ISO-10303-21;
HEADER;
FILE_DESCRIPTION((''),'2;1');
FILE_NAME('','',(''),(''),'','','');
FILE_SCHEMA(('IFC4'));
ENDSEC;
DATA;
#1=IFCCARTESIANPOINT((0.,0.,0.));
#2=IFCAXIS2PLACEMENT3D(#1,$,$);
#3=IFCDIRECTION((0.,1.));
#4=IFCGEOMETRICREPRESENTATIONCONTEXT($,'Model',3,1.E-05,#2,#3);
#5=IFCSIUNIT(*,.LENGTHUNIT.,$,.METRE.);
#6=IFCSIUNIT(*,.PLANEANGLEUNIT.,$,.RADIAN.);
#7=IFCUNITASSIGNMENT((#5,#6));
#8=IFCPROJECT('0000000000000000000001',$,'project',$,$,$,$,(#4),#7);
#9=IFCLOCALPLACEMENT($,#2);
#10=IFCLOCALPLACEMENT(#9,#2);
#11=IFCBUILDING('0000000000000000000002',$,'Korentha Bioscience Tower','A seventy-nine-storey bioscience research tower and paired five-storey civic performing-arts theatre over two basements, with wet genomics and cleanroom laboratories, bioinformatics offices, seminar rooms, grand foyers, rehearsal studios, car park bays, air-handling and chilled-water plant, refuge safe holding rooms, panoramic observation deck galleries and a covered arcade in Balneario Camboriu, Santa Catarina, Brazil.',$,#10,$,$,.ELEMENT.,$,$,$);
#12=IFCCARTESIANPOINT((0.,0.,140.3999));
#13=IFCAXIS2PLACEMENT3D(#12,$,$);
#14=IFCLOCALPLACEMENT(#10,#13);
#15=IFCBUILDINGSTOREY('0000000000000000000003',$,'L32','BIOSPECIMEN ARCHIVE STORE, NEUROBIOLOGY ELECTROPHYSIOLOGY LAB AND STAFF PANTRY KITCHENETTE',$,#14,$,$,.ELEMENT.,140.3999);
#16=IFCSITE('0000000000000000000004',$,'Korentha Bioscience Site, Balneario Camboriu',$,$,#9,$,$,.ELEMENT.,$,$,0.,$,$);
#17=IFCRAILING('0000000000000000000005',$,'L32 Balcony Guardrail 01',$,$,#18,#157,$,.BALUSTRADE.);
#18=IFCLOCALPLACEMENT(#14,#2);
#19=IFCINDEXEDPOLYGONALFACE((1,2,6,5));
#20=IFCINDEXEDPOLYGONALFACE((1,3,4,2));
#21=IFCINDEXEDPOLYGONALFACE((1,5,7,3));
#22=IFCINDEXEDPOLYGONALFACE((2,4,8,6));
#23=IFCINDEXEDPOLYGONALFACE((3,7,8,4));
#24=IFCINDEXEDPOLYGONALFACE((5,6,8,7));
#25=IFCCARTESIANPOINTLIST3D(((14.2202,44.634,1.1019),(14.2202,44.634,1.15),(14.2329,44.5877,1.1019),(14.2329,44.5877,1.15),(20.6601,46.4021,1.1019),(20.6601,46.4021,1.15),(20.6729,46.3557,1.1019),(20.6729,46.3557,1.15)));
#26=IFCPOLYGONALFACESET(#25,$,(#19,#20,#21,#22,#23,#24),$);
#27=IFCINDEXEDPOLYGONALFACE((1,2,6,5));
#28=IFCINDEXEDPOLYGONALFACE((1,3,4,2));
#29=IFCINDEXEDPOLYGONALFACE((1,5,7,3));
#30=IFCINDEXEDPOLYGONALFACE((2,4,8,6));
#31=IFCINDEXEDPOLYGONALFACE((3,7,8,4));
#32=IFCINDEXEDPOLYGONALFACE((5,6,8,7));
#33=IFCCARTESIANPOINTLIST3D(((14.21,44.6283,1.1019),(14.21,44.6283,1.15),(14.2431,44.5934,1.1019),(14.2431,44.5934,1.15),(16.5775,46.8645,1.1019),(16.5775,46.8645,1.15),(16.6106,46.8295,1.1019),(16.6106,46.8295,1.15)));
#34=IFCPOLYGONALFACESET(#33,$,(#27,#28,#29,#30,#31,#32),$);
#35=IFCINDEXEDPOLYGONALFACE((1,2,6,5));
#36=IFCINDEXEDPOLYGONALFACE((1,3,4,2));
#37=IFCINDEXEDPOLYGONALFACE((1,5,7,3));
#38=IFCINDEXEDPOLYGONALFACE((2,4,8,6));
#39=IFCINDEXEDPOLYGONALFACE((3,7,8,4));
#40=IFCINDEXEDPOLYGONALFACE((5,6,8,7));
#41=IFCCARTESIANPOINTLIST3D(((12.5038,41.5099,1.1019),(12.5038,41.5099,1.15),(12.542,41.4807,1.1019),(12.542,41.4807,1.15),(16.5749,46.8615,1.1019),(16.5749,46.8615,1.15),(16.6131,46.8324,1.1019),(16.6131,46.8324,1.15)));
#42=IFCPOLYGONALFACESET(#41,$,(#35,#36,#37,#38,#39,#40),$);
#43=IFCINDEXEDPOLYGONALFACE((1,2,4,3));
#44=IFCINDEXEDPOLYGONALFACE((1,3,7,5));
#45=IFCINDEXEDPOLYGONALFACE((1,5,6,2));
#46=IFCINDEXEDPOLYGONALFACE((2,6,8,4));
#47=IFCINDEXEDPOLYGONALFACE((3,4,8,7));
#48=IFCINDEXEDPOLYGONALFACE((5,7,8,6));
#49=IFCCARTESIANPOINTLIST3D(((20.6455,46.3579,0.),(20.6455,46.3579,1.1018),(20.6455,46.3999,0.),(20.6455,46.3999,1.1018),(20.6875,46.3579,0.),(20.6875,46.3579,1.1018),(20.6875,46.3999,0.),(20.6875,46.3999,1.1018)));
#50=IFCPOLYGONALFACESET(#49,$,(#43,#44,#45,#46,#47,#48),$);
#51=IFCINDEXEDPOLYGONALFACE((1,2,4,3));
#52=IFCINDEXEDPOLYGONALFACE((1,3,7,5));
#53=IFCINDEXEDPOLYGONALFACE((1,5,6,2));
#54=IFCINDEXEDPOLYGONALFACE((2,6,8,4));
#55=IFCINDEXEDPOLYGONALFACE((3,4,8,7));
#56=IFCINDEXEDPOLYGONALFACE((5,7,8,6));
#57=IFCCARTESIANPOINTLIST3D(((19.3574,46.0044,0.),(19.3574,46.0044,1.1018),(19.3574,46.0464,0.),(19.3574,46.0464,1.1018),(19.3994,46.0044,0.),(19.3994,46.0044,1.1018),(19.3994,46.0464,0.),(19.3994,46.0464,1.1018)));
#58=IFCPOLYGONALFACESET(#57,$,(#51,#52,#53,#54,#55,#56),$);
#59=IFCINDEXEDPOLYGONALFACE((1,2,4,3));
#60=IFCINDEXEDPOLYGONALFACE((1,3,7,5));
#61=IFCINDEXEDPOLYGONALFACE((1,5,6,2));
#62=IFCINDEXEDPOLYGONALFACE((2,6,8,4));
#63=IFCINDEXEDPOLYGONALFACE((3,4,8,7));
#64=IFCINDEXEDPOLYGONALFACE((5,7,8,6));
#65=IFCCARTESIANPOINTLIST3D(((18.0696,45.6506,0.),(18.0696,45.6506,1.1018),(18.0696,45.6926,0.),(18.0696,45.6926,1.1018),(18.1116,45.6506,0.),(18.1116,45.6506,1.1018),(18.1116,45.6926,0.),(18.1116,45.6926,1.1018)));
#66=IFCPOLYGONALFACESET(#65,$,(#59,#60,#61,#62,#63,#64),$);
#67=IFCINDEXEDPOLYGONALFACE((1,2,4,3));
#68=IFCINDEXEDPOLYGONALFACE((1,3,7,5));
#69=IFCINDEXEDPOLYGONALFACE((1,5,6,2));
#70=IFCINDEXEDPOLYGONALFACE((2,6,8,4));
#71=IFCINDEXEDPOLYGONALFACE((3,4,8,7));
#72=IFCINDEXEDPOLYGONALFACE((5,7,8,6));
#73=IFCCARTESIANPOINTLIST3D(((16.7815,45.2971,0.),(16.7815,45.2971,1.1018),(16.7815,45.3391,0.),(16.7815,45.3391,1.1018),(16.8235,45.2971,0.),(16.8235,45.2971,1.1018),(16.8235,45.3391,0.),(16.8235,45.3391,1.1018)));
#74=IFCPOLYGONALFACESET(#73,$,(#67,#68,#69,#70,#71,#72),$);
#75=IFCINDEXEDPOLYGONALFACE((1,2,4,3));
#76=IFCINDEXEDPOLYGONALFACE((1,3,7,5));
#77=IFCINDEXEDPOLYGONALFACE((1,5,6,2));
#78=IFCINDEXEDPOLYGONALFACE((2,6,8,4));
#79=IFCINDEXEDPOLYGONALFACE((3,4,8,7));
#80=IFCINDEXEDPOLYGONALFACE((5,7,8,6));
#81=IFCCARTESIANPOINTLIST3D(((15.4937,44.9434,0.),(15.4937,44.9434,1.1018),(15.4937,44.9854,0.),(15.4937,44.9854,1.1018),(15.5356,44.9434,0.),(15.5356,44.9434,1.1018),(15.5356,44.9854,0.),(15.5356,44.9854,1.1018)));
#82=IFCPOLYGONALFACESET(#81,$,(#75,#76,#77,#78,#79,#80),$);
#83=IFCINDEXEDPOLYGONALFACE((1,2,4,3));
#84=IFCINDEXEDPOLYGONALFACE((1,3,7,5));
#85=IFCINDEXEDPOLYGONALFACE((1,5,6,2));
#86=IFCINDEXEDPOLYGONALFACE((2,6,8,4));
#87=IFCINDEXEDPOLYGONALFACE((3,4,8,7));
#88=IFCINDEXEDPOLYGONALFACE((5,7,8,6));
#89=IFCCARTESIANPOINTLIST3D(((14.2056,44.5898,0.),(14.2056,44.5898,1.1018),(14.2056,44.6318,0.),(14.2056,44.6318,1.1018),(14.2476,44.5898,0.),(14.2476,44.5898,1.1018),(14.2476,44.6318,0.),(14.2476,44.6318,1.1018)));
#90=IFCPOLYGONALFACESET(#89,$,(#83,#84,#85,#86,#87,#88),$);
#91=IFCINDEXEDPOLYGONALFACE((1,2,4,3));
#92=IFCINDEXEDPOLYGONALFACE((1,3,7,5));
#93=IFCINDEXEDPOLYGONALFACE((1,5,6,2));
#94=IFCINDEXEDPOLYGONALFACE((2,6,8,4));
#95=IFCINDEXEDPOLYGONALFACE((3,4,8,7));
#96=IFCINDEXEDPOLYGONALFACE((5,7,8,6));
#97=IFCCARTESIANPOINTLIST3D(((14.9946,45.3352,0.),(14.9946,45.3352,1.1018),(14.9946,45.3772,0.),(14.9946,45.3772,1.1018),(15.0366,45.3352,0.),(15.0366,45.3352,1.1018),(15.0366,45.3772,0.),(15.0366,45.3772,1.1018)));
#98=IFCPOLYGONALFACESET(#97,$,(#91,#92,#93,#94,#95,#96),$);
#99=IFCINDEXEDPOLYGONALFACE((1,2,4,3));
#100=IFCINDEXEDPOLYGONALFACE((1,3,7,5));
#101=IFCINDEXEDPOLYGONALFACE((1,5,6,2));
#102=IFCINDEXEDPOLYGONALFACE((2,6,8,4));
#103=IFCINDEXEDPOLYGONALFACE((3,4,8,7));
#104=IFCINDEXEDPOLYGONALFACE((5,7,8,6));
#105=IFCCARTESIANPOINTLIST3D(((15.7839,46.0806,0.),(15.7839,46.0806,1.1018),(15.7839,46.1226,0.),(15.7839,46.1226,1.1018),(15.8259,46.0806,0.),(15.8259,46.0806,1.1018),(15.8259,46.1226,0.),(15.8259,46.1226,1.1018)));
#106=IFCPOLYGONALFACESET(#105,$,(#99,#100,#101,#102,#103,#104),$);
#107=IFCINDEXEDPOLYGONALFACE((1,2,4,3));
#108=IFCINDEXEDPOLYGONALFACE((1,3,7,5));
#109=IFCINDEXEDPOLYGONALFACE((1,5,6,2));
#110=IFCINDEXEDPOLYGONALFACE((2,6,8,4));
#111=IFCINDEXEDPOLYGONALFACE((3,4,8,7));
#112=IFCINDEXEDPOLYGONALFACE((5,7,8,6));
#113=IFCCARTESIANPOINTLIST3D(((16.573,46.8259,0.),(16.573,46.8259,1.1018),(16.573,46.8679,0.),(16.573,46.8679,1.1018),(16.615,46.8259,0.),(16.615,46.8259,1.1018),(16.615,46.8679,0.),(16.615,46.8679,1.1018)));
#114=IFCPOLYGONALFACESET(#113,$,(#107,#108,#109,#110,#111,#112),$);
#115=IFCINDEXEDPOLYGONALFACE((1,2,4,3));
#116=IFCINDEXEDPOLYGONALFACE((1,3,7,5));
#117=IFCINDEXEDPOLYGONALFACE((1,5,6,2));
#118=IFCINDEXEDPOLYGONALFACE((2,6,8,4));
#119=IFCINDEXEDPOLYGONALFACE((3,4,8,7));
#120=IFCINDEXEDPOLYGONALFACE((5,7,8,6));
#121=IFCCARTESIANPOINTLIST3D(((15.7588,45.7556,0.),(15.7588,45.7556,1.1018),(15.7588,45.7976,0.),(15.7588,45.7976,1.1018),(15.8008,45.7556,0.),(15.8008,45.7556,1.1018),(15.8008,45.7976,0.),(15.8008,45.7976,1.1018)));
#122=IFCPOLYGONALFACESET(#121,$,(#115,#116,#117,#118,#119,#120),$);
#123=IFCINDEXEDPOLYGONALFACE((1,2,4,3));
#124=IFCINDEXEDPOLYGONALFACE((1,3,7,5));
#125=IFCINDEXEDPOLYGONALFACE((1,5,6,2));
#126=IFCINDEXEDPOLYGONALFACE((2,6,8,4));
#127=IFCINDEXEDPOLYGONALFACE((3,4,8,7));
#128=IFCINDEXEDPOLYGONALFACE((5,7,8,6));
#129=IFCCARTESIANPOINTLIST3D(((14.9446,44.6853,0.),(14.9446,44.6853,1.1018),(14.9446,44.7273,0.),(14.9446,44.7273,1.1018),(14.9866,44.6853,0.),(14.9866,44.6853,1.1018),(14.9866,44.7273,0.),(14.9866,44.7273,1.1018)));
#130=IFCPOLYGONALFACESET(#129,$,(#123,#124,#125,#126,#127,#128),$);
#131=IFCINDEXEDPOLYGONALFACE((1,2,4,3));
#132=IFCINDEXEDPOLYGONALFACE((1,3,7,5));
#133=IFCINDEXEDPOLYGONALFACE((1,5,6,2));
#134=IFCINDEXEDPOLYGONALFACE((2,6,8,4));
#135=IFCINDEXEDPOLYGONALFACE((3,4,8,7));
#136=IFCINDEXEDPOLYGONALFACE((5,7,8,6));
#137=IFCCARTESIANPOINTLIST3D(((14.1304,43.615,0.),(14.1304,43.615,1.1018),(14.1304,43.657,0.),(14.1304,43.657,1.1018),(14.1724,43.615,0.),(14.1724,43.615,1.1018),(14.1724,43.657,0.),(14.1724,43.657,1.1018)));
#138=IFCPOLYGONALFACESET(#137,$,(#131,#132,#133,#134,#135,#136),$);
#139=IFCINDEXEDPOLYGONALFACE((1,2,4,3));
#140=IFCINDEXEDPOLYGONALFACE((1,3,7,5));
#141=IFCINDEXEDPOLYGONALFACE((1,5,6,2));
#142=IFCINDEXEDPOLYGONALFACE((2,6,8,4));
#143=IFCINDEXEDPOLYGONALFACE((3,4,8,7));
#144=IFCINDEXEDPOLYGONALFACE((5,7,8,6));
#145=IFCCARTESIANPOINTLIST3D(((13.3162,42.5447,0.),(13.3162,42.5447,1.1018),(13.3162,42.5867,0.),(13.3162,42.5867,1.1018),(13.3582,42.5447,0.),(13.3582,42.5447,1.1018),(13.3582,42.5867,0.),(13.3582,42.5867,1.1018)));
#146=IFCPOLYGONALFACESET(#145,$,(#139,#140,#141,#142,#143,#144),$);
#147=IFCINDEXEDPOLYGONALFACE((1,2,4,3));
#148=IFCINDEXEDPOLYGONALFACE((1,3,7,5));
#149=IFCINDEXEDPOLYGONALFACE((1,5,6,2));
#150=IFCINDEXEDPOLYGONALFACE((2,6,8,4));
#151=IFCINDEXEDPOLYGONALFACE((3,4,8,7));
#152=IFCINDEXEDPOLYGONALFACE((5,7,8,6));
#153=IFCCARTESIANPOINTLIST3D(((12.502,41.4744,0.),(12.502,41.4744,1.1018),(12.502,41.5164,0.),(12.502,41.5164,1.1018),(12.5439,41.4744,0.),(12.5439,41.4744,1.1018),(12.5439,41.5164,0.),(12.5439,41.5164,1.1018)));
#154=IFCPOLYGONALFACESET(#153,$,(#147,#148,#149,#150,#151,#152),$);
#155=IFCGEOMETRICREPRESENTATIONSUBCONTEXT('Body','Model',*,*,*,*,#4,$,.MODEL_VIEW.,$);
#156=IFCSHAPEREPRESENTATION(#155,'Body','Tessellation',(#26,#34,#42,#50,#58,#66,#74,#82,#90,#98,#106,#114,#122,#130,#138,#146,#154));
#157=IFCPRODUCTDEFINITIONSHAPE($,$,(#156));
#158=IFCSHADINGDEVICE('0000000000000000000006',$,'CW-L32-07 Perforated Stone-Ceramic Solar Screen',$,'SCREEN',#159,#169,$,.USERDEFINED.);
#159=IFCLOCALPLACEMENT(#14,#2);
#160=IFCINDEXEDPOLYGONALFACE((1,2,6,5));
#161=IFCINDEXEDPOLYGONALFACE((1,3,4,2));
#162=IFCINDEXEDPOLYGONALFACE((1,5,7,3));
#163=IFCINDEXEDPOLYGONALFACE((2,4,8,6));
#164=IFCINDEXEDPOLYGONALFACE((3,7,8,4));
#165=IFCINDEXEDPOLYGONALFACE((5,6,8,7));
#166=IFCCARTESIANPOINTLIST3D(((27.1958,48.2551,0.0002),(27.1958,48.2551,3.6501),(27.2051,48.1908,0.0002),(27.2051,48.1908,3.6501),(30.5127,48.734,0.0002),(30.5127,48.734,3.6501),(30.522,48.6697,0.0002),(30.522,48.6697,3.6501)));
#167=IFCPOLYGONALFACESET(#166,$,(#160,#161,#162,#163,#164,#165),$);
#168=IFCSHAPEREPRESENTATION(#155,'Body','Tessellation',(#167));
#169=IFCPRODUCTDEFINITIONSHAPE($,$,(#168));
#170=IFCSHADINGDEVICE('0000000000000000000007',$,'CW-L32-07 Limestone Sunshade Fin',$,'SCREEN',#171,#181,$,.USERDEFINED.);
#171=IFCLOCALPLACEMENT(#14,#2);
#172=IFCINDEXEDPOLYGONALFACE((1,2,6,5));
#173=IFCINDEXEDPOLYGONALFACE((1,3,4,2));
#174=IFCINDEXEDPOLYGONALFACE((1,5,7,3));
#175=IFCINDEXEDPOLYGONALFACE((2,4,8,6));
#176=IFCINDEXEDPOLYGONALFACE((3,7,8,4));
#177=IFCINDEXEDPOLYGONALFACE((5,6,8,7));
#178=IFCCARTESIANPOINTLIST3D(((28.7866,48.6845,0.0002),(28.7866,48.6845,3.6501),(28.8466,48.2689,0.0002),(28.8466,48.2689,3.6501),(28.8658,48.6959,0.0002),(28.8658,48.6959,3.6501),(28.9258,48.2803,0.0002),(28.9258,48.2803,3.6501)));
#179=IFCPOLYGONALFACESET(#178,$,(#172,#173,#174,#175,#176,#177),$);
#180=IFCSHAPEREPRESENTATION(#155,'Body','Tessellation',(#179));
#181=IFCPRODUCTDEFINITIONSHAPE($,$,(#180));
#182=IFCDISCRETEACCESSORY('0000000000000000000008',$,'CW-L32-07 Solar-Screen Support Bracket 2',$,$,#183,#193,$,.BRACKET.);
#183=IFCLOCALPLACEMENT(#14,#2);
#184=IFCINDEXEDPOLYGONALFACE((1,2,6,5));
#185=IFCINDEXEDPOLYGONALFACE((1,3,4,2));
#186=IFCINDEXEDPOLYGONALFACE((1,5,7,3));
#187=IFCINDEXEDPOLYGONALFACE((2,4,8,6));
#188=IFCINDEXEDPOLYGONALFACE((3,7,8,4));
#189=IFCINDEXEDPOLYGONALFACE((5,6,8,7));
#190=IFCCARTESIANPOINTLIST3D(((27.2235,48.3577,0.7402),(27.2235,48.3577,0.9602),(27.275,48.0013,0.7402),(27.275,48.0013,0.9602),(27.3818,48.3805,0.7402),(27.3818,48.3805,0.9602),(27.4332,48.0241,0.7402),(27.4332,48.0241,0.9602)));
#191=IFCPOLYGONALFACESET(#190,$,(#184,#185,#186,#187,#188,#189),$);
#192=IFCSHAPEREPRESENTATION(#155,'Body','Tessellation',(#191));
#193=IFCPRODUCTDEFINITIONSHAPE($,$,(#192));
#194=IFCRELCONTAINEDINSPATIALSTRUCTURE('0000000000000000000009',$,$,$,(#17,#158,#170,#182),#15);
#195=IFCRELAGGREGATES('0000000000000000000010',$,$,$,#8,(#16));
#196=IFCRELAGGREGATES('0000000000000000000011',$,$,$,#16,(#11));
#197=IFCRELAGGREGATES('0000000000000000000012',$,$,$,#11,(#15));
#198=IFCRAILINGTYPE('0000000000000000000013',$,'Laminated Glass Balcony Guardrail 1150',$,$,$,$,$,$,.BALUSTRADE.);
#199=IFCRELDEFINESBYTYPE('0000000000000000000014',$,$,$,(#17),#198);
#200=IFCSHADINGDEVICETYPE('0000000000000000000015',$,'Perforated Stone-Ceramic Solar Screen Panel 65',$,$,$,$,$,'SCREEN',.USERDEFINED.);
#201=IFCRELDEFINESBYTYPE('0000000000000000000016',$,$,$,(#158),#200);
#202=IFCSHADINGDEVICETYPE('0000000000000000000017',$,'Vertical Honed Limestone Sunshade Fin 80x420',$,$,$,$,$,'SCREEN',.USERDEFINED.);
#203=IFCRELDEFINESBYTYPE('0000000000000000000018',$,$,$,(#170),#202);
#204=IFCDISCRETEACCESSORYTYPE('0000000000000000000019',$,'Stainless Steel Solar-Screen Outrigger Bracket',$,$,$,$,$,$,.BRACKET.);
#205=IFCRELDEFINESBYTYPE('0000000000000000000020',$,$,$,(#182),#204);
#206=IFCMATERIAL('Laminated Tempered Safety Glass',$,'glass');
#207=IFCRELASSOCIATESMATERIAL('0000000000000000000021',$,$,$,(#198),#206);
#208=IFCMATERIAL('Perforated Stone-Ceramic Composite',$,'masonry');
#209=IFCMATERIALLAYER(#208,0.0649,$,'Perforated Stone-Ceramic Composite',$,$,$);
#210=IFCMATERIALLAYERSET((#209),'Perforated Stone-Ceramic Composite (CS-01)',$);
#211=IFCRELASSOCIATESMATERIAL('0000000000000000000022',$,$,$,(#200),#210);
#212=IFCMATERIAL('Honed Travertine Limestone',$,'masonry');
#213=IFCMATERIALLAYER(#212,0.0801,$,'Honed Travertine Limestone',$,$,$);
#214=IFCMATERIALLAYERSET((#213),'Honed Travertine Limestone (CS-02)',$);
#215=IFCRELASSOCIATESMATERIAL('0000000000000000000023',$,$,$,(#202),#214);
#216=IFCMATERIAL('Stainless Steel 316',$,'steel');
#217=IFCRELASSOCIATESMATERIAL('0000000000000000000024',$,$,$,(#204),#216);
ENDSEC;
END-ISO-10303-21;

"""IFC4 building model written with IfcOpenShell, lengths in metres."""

from ifc_helpers import new_model, si_unit, direction, frame, origin, origin_2d, place, context, subcontext, project, spatial, rectangle, extrude, material, layer, layer_set, type_object, element, save


model = new_model("IFC4")

# Units and contexts
model_context = context("Model", 3, precision=1e-05, world=origin(), true_north=direction((0.0, 1.0)))
body_context = subcontext(model_context, "Body", "Model", "MODEL_VIEW")
ifc_project = project(units=[si_unit("LENGTHUNIT", "METRE"), si_unit("PLANEANGLEUNIT", "RADIAN")], contexts=[model_context])

# Site, building, storey
site_placement = place(None, origin())
site = spatial("IfcSite", under=ifc_project, at=site_placement, Name="Korentha Bioscience Site, Balneario Camboriu", CompositionType="ELEMENT", RefElevation=0.0)
building_placement = place(site_placement, origin())
building = spatial("IfcBuilding", under=site, at=building_placement, Name="Korentha Bioscience Tower", Description="A seventy-nine-storey bioscience research tower and paired five-storey civic performing-arts theatre over two basements, with wet genomics and cleanroom laboratories, bioinformatics offices, seminar rooms, grand foyers, rehearsal studios, car park bays, air-handling and chilled-water plant, refuge safe holding rooms, panoramic observation deck galleries and a covered arcade in Balneario Camboriu, Santa Catarina, Brazil.", CompositionType="ELEMENT")
storey_placement = place(building_placement, frame((0.0, 0.0, 140.3999)))
storey = spatial("IfcBuildingStorey", under=building, at=storey_placement, Name="L32", Description="BIOSPECIMEN ARCHIVE STORE, NEUROBIOLOGY ELECTROPHYSIOLOGY LAB AND STAFF PANTRY KITCHENETTE", CompositionType="ELEMENT", Elevation=140.3999)

# Railing
ifc_material_1 = material(Name="Laminated Tempered Safety Glass", Category="glass")
railing_type = type_object("IfcRailingType", Name="Laminated Glass Balcony Guardrail 1150", PredefinedType="BALUSTRADE", material=ifc_material_1)
railing_placement = place(storey_placement, frame((20.6665, 46.3789, 0.0)))
element("IfcRailing", 1, at=railing_placement, inside=storey, type_object=railing_type, Name="L32 Balcony Guardrail 01", PredefinedType="BALUSTRADE", context=body_context, shape_type="SweptSolid", body=[
    extrude(rectangle(XDim=0.0481, YDim=0.0481, at=origin_2d()), frame((0.0, 0.0, 1.126), z_axis=(-0.964317, -0.26475, 0.0), x_axis=(0.26475, -0.964317, 0.0)), (0.0, 0.0, 1.0), 6.6782),
    extrude(rectangle(XDim=0.0481, YDim=0.0481, at=origin_2d()), frame((-6.4399, -1.7681, 1.126), z_axis=(0.726986, 0.686652, 0.0), x_axis=(-0.686652, 0.726986, 0.0)), (0.0, 0.0, 1.0), 3.2566),
    extrude(rectangle(XDim=0.0481, YDim=0.0481, at=origin_2d()), frame((-4.0725, 0.468, 1.126), z_axis=(-0.605447, -0.795886, 0.0), x_axis=(0.795886, -0.605447, 0.0)), (0.0, 0.0, 1.0), 6.7241),
    extrude(rectangle(XDim=0.042, YDim=0.042, at=origin_2d()), origin(), (0.0, 0.0, 1.0), 1.1018),
    extrude(rectangle(XDim=0.042, YDim=0.042, at=origin_2d()), frame((-1.2881, -0.3535, 0.0)), (0.0, 0.0, 1.0), 1.1018),
    extrude(rectangle(XDim=0.042, YDim=0.042, at=origin_2d()), frame((-2.5759, -0.7073, 0.0)), (0.0, 0.0, 1.0), 1.1018),
    extrude(rectangle(XDim=0.042, YDim=0.042, at=origin_2d()), frame((-3.864, -1.0608, 0.0)), (0.0, 0.0, 1.0), 1.1018),
    extrude(rectangle(XDim=0.042, YDim=0.042, at=origin_2d()), frame((-5.1519, -1.4146, 0.0)), (0.0, 0.0, 1.0), 1.1018),
    extrude(rectangle(XDim=0.042, YDim=0.042, at=origin_2d()), frame((-6.4399, -1.7681, 0.0)), (0.0, 0.0, 1.0), 1.1018),
    extrude(rectangle(XDim=0.042, YDim=0.042, at=origin_2d()), frame((-5.6509, -1.0227, 0.0)), (0.0, 0.0, 1.0), 1.1018),
    extrude(rectangle(XDim=0.042, YDim=0.042, at=origin_2d()), frame((-4.8616, -0.2773, 0.0)), (0.0, 0.0, 1.0), 1.1018),
    extrude(rectangle(XDim=0.042, YDim=0.042, at=origin_2d()), frame((-4.0725, 0.468, 0.0)), (0.0, 0.0, 1.0), 1.1018),
    extrude(rectangle(XDim=0.042, YDim=0.042, at=origin_2d()), frame((-4.8867, -0.6023, 0.0)), (0.0, 0.0, 1.0), 1.1018),
    extrude(rectangle(XDim=0.042, YDim=0.042, at=origin_2d()), frame((-5.7009, -1.6726, 0.0)), (0.0, 0.0, 1.0), 1.1018),
    extrude(rectangle(XDim=0.042, YDim=0.042, at=origin_2d()), frame((-6.5151, -2.7429, 0.0)), (0.0, 0.0, 1.0), 1.1018),
    extrude(rectangle(XDim=0.042, YDim=0.042, at=origin_2d()), frame((-7.3293, -3.8132, 0.0)), (0.0, 0.0, 1.0), 1.1018),
    extrude(rectangle(XDim=0.042, YDim=0.042, at=origin_2d()), frame((-8.1436, -4.8835, 0.0)), (0.0, 0.0, 1.0), 1.1018),
])

# Shading devices
ifc_material_2 = material(Name="Perforated Stone-Ceramic Composite", Category="masonry")
ifc_layer_1 = layer(ifc_material_2, 0.0649, Name="Perforated Stone-Ceramic Composite")
ifc_layer_set_1 = layer_set([ifc_layer_1], Name="Perforated Stone-Ceramic Composite (CS-01)")
shading_device_type_1 = type_object("IfcShadingDeviceType", Name="Perforated Stone-Ceramic Solar Screen Panel 65", ElementType="SCREEN", PredefinedType="USERDEFINED", material=ifc_layer_set_1)
shading_device_1_placement = place(storey_placement, frame((28.8589, 48.4624, 0.0002), z_axis=(0.0, 0.0, 1.0), x_axis=(-0.989738, -0.142892, 0.0)))
element("IfcShadingDevice", 2, at=shading_device_1_placement, inside=storey, type_object=shading_device_type_1, Name="CW-L32-07 Perforated Stone-Ceramic Solar Screen", ObjectType="SCREEN", PredefinedType="USERDEFINED", context=body_context, shape_type="SweptSolid", body=[
    extrude(rectangle(XDim=3.3513, YDim=0.0649, at=origin_2d()), origin(), (0.0, 0.0, 1.0), 3.6499),
])
ifc_material_3 = material(Name="Honed Travertine Limestone", Category="masonry")
ifc_layer_2 = layer(ifc_material_3, 0.0801, Name="Honed Travertine Limestone")
ifc_layer_set_2 = layer_set([ifc_layer_2], Name="Honed Travertine Limestone (CS-02)")
shading_device_type_2 = type_object("IfcShadingDeviceType", Name="Vertical Honed Limestone Sunshade Fin 80x420", ElementType="SCREEN", PredefinedType="USERDEFINED", material=ifc_layer_set_2)
shading_device_2_placement = place(storey_placement, frame((28.8562, 48.4824, 0.0002), z_axis=(0.0, 0.0, 1.0), x_axis=(-0.989738, -0.142892, 0.0)))
element("IfcShadingDevice", 3, at=shading_device_2_placement, inside=storey, type_object=shading_device_type_2, Name="CW-L32-07 Limestone Sunshade Fin", ObjectType="SCREEN", PredefinedType="USERDEFINED", context=body_context, shape_type="SweptSolid", body=[
    extrude(rectangle(XDim=0.0801, YDim=0.4199, at=origin_2d()), origin(), (0.0, 0.0, 1.0), 3.6499),
])

# Discrete accessory
ifc_material_4 = material(Name="Stainless Steel 316", Category="steel")
discrete_accessory_type = type_object("IfcDiscreteAccessoryType", Name="Stainless Steel Solar-Screen Outrigger Bracket", PredefinedType="BRACKET", material=ifc_material_4)
discrete_accessory_placement = place(storey_placement, frame((27.3284, 48.1909, 0.7402), z_axis=(0.0, 0.0, 1.0), x_axis=(-0.989738, -0.142892, 0.0)))
element("IfcDiscreteAccessory", 4, at=discrete_accessory_placement, inside=storey, type_object=discrete_accessory_type, Name="CW-L32-07 Solar-Screen Support Bracket 2", PredefinedType="BRACKET", context=body_context, shape_type="SweptSolid", body=[
    extrude(rectangle(XDim=0.1599, YDim=0.3601, at=origin_2d()), origin(), (0.0, 0.0, 1.0), 0.22),
])

save(model, "model.ifc")
